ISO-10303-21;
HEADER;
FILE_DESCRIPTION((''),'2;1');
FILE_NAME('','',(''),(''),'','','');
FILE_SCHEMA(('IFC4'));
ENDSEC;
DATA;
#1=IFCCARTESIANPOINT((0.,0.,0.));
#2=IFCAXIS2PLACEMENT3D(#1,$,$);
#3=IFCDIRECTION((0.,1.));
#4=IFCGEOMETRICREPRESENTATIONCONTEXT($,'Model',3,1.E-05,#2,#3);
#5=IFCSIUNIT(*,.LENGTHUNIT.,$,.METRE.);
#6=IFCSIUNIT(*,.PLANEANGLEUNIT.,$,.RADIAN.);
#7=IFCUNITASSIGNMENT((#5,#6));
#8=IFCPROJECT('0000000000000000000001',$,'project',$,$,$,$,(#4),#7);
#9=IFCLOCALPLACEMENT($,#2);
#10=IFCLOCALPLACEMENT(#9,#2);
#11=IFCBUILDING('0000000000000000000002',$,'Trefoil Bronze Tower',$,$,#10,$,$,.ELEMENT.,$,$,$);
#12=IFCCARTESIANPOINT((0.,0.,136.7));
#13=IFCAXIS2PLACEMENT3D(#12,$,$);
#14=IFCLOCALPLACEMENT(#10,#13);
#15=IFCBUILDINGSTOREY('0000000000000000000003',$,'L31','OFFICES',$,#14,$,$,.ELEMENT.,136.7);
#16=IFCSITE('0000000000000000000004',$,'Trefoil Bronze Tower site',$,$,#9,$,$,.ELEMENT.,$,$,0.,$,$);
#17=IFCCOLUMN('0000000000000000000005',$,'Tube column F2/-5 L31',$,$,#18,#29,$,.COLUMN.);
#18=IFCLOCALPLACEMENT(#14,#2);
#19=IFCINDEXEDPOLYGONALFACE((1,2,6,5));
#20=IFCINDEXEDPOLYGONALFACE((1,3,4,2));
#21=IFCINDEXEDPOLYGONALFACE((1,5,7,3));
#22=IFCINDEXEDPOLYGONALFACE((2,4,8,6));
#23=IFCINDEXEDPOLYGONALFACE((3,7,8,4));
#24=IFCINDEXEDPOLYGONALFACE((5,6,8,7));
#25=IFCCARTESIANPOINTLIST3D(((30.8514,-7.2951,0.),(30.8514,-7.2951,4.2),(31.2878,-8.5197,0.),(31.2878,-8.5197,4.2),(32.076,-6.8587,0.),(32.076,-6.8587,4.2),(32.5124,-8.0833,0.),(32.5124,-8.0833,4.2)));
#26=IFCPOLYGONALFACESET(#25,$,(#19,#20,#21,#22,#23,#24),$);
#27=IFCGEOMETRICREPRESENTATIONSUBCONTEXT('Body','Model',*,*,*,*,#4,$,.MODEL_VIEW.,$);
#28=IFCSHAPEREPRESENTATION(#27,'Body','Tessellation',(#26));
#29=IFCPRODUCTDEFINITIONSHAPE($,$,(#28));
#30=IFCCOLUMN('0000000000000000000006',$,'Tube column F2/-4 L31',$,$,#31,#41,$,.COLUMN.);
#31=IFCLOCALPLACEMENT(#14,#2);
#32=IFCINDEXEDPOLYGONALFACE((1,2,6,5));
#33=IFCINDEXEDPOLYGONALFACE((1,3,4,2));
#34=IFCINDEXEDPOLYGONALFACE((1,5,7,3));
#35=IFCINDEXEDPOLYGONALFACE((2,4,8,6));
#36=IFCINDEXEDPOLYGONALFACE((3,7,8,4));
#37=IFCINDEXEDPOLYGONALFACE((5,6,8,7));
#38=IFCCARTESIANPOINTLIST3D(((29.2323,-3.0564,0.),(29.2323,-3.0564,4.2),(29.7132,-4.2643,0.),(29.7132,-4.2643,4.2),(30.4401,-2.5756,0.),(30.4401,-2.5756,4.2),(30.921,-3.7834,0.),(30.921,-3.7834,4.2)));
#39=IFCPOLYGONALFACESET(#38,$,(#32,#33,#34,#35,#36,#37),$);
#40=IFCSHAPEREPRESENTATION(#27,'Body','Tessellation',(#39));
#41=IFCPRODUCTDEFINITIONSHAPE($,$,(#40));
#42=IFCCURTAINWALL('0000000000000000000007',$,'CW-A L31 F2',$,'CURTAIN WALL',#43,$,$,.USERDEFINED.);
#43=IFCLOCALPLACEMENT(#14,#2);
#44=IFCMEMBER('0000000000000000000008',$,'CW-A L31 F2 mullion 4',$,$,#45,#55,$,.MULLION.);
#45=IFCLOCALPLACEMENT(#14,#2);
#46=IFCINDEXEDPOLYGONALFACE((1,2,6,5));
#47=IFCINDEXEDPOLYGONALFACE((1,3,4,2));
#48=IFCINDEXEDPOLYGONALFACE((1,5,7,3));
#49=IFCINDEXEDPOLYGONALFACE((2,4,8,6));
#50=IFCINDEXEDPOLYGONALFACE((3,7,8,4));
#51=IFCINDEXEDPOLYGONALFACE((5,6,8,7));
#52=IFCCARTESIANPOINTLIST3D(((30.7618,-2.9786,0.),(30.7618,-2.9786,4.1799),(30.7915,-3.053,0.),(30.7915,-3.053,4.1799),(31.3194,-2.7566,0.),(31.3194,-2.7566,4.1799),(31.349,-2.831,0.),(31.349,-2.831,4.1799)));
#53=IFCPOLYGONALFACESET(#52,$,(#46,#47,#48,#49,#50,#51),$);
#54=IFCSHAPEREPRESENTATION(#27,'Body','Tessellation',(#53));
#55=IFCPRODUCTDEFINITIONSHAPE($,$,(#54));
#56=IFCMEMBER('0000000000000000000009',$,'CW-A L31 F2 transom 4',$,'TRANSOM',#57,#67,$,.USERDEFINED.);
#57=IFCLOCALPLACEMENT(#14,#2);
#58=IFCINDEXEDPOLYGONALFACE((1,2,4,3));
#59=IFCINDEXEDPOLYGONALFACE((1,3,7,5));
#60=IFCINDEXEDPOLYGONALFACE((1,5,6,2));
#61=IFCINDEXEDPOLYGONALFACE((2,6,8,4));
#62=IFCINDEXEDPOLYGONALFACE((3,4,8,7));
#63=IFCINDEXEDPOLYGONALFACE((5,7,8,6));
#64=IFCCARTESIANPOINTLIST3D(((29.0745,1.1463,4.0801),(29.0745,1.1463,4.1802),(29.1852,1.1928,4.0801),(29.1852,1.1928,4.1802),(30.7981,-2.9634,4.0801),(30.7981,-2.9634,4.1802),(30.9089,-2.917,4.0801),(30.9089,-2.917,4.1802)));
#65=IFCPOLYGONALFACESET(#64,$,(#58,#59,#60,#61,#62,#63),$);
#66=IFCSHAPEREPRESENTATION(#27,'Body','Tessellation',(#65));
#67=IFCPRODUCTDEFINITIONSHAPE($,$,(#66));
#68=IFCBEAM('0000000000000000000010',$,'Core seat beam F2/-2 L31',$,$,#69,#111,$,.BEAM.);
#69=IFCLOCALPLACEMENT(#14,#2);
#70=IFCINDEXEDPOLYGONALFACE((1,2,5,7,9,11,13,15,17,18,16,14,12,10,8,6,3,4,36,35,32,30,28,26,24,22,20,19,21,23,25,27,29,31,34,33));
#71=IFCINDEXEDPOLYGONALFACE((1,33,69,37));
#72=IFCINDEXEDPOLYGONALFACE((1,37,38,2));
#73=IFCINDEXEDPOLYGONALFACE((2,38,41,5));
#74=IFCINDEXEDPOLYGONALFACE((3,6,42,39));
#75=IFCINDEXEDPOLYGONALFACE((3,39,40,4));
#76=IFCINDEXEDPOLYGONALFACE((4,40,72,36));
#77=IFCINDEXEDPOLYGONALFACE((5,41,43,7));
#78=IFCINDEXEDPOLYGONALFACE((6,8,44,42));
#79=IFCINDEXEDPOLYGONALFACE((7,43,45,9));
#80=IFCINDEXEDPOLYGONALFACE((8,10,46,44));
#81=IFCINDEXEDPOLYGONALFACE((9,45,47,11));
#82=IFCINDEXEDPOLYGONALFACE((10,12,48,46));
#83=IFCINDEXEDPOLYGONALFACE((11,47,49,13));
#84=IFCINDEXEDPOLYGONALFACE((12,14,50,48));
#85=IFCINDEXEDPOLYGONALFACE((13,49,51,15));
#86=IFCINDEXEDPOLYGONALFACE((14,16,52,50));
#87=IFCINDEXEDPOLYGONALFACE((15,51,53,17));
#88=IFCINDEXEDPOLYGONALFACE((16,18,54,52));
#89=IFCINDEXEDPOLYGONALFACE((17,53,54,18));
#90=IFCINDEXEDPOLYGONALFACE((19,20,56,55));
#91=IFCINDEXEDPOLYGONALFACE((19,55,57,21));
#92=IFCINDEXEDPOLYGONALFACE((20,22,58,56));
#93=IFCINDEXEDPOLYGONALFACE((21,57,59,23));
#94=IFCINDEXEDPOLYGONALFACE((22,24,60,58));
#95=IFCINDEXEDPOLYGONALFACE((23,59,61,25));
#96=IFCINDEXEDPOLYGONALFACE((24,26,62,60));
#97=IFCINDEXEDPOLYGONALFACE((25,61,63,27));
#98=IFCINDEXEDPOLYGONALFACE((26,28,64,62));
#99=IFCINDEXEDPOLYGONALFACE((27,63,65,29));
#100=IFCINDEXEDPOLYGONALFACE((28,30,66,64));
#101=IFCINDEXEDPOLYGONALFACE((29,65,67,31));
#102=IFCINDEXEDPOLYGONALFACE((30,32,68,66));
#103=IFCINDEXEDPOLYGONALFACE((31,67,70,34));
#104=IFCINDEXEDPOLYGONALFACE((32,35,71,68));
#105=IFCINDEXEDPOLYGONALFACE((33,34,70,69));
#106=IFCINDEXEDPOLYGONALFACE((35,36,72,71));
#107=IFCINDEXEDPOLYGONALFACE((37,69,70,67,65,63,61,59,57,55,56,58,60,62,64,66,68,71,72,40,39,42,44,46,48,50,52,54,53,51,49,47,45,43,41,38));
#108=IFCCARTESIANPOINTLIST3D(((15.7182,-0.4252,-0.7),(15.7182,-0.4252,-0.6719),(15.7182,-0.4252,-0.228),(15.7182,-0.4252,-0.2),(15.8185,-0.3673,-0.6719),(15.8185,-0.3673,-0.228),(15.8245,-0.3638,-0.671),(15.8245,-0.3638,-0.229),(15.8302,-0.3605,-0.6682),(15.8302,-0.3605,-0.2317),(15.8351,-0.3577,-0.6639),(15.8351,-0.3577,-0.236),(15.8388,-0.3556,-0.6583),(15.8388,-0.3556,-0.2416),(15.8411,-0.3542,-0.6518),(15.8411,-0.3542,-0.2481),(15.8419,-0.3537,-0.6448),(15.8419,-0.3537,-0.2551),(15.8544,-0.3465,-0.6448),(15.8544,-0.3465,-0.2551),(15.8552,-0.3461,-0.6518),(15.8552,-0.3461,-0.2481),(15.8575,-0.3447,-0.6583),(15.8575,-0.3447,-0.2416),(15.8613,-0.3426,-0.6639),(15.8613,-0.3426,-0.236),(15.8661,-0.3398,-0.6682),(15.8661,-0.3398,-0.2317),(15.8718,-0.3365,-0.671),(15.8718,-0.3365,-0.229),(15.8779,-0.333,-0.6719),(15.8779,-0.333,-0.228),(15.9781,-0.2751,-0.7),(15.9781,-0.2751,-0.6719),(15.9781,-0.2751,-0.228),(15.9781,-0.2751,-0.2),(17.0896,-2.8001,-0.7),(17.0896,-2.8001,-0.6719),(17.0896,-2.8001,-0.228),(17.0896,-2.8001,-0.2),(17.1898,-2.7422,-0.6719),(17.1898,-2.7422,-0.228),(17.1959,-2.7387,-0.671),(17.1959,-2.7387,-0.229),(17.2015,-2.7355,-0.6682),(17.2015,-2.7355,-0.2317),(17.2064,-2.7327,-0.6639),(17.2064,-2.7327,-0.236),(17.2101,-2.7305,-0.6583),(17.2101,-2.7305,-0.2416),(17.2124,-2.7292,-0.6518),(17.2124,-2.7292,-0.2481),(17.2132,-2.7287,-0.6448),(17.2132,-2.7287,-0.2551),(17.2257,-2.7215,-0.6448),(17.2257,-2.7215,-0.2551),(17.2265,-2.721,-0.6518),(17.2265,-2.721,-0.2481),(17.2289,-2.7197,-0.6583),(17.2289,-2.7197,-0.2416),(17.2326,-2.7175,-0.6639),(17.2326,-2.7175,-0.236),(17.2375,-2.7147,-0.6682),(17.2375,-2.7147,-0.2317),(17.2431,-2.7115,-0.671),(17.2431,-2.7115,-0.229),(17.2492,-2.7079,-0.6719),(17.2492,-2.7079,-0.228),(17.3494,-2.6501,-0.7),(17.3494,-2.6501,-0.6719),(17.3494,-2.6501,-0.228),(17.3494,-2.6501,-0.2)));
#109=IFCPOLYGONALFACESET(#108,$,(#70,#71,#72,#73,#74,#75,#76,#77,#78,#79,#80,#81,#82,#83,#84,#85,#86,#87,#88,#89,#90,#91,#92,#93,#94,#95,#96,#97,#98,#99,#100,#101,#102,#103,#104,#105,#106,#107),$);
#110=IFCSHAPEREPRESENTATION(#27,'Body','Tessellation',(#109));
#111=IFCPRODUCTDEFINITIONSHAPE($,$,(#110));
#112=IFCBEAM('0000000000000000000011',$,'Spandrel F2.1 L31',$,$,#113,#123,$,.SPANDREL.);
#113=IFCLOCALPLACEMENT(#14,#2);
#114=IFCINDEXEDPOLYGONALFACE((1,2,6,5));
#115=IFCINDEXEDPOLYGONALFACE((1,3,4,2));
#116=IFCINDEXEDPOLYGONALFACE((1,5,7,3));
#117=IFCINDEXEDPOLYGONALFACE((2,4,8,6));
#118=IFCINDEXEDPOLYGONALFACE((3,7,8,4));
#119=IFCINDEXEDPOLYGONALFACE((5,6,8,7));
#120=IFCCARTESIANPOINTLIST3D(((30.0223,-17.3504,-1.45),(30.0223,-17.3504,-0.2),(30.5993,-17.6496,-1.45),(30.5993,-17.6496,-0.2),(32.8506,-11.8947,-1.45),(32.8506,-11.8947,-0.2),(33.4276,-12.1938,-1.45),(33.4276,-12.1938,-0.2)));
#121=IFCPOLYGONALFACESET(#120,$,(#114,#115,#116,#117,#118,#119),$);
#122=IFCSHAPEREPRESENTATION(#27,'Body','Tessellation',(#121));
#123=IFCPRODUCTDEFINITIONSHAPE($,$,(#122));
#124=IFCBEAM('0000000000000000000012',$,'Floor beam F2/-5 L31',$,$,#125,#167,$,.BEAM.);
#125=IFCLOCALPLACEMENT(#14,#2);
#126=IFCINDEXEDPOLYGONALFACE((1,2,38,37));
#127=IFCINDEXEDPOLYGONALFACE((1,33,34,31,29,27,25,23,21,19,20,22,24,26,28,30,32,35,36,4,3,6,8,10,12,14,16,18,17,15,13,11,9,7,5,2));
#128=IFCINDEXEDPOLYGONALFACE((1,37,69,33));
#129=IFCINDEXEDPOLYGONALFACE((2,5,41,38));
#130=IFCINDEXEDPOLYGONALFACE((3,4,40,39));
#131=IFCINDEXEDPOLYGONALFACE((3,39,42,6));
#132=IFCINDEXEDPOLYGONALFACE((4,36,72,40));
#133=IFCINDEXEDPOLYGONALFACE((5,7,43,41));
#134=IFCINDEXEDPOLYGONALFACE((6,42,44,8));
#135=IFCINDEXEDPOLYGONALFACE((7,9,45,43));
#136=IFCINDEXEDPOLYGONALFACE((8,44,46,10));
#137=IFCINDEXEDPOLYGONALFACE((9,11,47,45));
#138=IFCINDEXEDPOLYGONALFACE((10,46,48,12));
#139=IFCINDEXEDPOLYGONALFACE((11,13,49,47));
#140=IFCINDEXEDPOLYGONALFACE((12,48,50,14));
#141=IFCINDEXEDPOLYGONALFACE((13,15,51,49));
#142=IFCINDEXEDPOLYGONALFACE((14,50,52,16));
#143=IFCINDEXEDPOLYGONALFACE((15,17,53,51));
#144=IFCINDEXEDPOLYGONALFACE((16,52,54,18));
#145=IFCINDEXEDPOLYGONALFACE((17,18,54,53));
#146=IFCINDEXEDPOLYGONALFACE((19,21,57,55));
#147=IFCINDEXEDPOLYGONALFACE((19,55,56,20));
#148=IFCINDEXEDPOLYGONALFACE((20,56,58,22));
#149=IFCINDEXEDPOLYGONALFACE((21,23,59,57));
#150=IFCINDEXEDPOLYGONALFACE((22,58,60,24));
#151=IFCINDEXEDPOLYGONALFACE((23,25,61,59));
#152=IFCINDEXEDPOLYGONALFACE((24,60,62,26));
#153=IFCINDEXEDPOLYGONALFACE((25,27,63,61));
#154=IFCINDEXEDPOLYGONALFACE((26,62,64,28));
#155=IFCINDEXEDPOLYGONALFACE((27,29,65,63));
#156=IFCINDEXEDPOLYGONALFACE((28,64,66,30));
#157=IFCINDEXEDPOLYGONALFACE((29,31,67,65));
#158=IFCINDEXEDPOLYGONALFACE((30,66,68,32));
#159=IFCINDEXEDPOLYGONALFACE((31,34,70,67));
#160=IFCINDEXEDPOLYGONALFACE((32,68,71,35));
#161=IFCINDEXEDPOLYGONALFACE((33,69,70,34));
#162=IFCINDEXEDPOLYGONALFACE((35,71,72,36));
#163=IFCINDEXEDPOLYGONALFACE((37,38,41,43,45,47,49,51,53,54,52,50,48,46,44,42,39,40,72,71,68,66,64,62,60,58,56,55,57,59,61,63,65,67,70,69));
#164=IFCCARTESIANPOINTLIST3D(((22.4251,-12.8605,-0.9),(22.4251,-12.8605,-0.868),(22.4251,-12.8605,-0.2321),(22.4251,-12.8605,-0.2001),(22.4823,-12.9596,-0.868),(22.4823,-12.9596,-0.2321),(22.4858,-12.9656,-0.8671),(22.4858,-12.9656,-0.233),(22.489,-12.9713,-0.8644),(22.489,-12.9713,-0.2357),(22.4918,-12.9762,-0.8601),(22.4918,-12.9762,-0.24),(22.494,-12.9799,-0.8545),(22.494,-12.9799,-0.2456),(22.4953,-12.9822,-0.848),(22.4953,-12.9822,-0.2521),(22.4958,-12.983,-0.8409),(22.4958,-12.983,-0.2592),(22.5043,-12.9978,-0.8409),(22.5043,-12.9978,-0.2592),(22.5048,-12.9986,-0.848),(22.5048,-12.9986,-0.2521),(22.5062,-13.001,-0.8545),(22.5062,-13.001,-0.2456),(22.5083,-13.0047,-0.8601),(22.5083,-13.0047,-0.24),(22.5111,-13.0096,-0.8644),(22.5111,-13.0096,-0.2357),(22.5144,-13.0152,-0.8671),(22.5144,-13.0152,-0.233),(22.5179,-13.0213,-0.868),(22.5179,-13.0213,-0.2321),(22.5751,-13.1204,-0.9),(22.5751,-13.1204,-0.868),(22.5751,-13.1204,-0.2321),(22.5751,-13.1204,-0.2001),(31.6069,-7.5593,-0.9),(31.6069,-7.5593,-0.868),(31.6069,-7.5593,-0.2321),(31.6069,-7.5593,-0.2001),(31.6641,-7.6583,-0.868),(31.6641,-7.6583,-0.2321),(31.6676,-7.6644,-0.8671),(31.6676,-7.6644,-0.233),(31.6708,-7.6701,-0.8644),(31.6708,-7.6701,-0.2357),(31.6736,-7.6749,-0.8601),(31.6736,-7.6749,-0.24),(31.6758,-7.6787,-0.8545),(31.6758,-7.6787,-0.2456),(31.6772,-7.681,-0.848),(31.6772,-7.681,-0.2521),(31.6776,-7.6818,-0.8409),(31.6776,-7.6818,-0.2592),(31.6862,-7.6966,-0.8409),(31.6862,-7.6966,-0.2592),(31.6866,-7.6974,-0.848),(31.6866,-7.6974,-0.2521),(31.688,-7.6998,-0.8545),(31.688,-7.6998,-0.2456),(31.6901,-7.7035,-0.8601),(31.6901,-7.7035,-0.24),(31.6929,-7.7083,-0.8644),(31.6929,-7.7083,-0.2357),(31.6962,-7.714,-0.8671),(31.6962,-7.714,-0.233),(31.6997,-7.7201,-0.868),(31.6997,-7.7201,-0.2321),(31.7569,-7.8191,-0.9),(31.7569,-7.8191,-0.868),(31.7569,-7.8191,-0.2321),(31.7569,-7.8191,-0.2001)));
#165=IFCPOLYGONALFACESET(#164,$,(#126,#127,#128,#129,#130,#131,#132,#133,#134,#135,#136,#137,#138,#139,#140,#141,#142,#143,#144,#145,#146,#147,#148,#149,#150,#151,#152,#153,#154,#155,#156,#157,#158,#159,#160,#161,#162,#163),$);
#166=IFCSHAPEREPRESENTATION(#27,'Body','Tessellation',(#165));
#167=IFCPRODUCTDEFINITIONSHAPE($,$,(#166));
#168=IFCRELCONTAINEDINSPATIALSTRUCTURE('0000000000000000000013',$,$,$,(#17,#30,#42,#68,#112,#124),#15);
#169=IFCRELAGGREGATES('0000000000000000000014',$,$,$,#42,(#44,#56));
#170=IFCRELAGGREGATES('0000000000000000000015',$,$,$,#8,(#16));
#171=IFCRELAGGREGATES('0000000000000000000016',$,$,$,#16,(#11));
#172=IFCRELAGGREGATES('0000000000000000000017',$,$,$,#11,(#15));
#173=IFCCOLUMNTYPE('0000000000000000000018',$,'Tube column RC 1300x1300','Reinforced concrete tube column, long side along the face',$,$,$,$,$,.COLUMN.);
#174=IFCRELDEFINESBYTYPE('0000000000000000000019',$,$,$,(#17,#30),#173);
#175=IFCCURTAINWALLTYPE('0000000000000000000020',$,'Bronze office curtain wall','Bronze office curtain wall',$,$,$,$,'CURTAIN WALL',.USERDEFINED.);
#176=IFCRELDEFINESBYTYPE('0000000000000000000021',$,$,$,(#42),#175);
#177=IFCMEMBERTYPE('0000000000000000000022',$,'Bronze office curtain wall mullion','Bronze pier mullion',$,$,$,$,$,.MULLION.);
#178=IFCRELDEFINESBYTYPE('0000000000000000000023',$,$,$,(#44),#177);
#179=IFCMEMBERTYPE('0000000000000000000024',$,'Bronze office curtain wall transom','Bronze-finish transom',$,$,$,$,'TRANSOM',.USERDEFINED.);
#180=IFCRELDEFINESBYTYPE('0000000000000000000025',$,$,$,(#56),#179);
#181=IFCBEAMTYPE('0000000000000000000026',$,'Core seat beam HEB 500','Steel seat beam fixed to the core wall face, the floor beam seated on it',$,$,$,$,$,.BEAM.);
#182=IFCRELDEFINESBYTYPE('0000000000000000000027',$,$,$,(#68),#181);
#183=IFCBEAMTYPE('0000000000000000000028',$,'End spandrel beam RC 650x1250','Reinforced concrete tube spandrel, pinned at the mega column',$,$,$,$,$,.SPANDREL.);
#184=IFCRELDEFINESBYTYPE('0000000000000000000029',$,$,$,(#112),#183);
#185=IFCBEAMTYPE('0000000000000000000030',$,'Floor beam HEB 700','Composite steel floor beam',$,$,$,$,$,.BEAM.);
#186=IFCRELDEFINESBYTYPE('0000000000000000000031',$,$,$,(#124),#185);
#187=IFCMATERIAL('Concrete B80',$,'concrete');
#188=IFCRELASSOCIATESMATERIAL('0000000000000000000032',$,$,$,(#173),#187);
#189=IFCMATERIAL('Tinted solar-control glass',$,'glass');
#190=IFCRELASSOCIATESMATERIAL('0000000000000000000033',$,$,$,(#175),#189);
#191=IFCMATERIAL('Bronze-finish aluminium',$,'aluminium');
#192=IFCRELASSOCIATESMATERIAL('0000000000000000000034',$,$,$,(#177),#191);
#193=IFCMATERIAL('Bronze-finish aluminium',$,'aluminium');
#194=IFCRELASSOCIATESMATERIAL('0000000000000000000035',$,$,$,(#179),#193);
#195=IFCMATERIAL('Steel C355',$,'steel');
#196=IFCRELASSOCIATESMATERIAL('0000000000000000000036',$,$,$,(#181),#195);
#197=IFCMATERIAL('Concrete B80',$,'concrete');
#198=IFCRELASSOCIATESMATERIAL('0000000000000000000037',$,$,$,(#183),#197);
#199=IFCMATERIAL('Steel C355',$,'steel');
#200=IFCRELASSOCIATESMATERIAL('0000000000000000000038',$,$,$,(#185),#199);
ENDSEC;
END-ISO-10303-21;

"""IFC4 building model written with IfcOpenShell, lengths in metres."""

from ifc_helpers import new_model, si_unit, direction, frame, origin, origin_2d, place, context, subcontext, project, spatial, rectangle, i_section, extrude, material, material_profile, profile_set, type_object, element, aggregate, save


model = new_model("IFC4")

# Units and contexts
model_context = context("Model", 3, precision=1e-05, world=origin(), true_north=direction((0.0, 1.0)))
body_context = subcontext(model_context, "Body", "Model", "MODEL_VIEW")
ifc_project = project(units=[si_unit("LENGTHUNIT", "METRE"), si_unit("PLANEANGLEUNIT", "RADIAN")], contexts=[model_context])

# Site, building, storey
site_placement = place(None, origin())
site = spatial("IfcSite", under=ifc_project, at=site_placement, Name="Trefoil Bronze Tower site", CompositionType="ELEMENT", RefElevation=0.0)
building_placement = place(site_placement, origin())
building = spatial("IfcBuilding", under=site, at=building_placement, Name="Trefoil Bronze Tower", CompositionType="ELEMENT")
storey_placement = place(building_placement, frame((0.0, 0.0, 136.7)))
storey = spatial("IfcBuildingStorey", under=building, at=storey_placement, Name="L31", Description="OFFICES", CompositionType="ELEMENT", Elevation=136.7)

# Columns
ifc_material_1 = material(Name="Concrete B80", Category="concrete")
ifc_material_profile_1 = material_profile(ifc_material_1, rectangle(XDim=1.3, YDim=1.3, at=origin_2d()), Name="RC 1300x1300")
ifc_profile_set_1 = profile_set([ifc_material_profile_1], Name="Concrete B80")
column_type = type_object("IfcColumnType", Name="Tube column RC 1300x1300", Description="Reinforced concrete tube column, long side along the face", PredefinedType="COLUMN", material=ifc_profile_set_1)
for number, where, z_axis, x_axis, name in (
    (1, (31.6819, -7.6892, 0.0), (0.0, 0.0, 1.0), (-0.335718, 0.941963, 0.0), "Tube column F2/-5 L31"),
    (2, (30.0767, -3.4199, 0.0), (0.0, 0.0, 1.0), (-0.369901, 0.929071, 0.0), "Tube column F2/-4 L31"),
):
    element("IfcColumn", number, at=place(storey_placement, frame(where, z_axis=z_axis, x_axis=x_axis)), inside=storey, type_object=column_type, Name=name, PredefinedType="COLUMN", context=body_context, shape_type="SweptSolid", body=[
        extrude(rectangle(XDim=1.3, YDim=1.3, at=origin_2d()), origin(), (0.0, 0.0, 1.0), 4.2),
    ])

# Curtain wall, members
ifc_material_2 = material(Name="Tinted solar-control glass", Category="glass")
curtain_wall_type = type_object("IfcCurtainWallType", Name="Bronze office curtain wall", Description="Bronze office curtain wall", ElementType="CURTAIN WALL", PredefinedType="USERDEFINED", material=ifc_material_2)
curtain_wall_placement = place(storey_placement, origin())
curtain_wall = element("IfcCurtainWall", 3, at=curtain_wall_placement, inside=storey, type_object=curtain_wall_type, Name="CW-A L31 F2", ObjectType="CURTAIN WALL", PredefinedType="USERDEFINED")
ifc_material_3 = material(Name="Bronze-finish aluminium", Category="aluminium")
ifc_material_profile_2 = material_profile(ifc_material_3, rectangle(XDim=0.6001, YDim=0.0801, at=origin_2d()), Name="CW-A mullion")
ifc_profile_set_2 = profile_set([ifc_material_profile_2], Name="Bronze-finish aluminium")
member_type_1 = type_object("IfcMemberType", Name="Bronze office curtain wall mullion", Description="Bronze pier mullion", PredefinedType="MULLION", material=ifc_profile_set_2)
member_1_placement = place(storey_placement, frame((31.0554, -2.9048, 0.0), z_axis=(0.0, 0.0, 1.0), x_axis=(-0.929071, -0.369901, 0.0)))
member_1 = element("IfcMember", 4, at=member_1_placement, type_object=member_type_1, Name="CW-A L31 F2 mullion 4", PredefinedType="MULLION", context=body_context, shape_type="SweptSolid", body=[
    extrude(rectangle(XDim=0.6001, YDim=0.0801, at=origin_2d()), origin(), (0.0, 0.0, 1.0), 4.1799),
])
ifc_material_4 = material(Name="Bronze-finish aluminium", Category="aluminium")
ifc_material_profile_3 = material_profile(ifc_material_4, rectangle(XDim=0.1201, YDim=0.1001, at=origin_2d()), Name="CW-A transom")
ifc_profile_set_3 = profile_set([ifc_material_profile_3], Name="Bronze-finish aluminium")
member_type_2 = type_object("IfcMemberType", Name="Bronze office curtain wall transom", Description="Bronze-finish transom", ElementType="TRANSOM", PredefinedType="USERDEFINED", material=ifc_profile_set_3)
member_2_placement = place(storey_placement, frame((30.8535, -2.9402, 4.1301), z_axis=(-0.386773, 0.922175, 0.0), x_axis=(-0.922175, -0.386773, 0.0)))
member_2 = element("IfcMember", 5, at=member_2_placement, type_object=member_type_2, Name="CW-A L31 F2 transom 4", ObjectType="TRANSOM", PredefinedType="USERDEFINED", context=body_context, shape_type="SweptSolid", body=[
    extrude(rectangle(XDim=0.1201, YDim=0.1001, at=origin_2d()), origin(), (0.0, 0.0, 1.0), 4.4565),
])

# Beams
ifc_material_5 = material(Name="Steel C355", Category="steel")
ifc_material_profile_4 = material_profile(ifc_material_5, i_section(OverallWidth=0.3, OverallDepth=0.5, WebThickness=0.0144, FlangeThickness=0.0281, FilletRadius=0.0271, at=origin_2d()), Name="HEB 500")
ifc_profile_set_4 = profile_set([ifc_material_profile_4], Name="Steel C355")
beam_type_1 = type_object("IfcBeamType", Name="Core seat beam HEB 500", Description="Steel seat beam fixed to the core wall face, the floor beam seated on it", PredefinedType="BEAM", material=ifc_profile_set_4)
beam_1_placement = place(storey_placement, frame((17.2195, -2.7251, -0.45), z_axis=(-0.500036, 0.866005, 0.0), x_axis=(-0.866005, -0.500036, 0.0)))
element("IfcBeam", 6, at=beam_1_placement, inside=storey, type_object=beam_type_1, Name="Core seat beam F2/-2 L31", PredefinedType="BEAM", context=body_context, shape_type="SweptSolid", body=[
    extrude(i_section(OverallWidth=0.3, OverallDepth=0.5, WebThickness=0.0144, FlangeThickness=0.0281, FilletRadius=0.0271, at=origin_2d()), origin(), (0.0, 0.0, 1.0), 2.7424),
])
ifc_material_6 = material(Name="Concrete B80", Category="concrete")
ifc_material_profile_5 = material_profile(ifc_material_6, rectangle(XDim=0.6499, YDim=1.25, at=origin_2d()), Name="RC 650x1250")
ifc_profile_set_5 = profile_set([ifc_material_profile_5], Name="Concrete B80")
beam_type_2 = type_object("IfcBeamType", Name="End spandrel beam RC 650x1250", Description="Reinforced concrete tube spandrel, pinned at the mega column", PredefinedType="SPANDREL", material=ifc_profile_set_5)
beam_2_placement = place(storey_placement, frame((30.3108, -17.5, -0.825), z_axis=(0.460244, 0.887792, 0.0), x_axis=(-0.887792, 0.460244, 0.0)))
element("IfcBeam", 7, at=beam_2_placement, inside=storey, type_object=beam_type_2, Name="Spandrel F2.1 L31", PredefinedType="SPANDREL", context=body_context, shape_type="SweptSolid", body=[
    extrude(rectangle(XDim=0.6499, YDim=1.25, at=origin_2d()), origin(), (0.0, 0.0, 1.0), 6.1453),
])
ifc_material_7 = material(Name="Steel C355", Category="steel")
ifc_material_profile_6 = material_profile(ifc_material_7, i_section(OverallWidth=0.3, OverallDepth=0.7, WebThickness=0.0171, FlangeThickness=0.032, FilletRadius=0.0271, at=origin_2d()), Name="HEB 700")
ifc_profile_set_6 = profile_set([ifc_material_profile_6], Name="Steel C355")
beam_type_3 = type_object("IfcBeamType", Name="Floor beam HEB 700", Description="Composite steel floor beam", PredefinedType="BEAM", material=ifc_profile_set_6)
beam_3_placement = place(storey_placement, frame((31.6819, -7.6892, -0.55), z_axis=(-0.866021, -0.500007, 0.0), x_axis=(0.500007, -0.866021, 0.0)))
element("IfcBeam", 8, at=beam_3_placement, inside=storey, type_object=beam_type_3, Name="Floor beam F2/-5 L31", PredefinedType="BEAM", context=body_context, shape_type="SweptSolid", body=[
    extrude(i_section(OverallWidth=0.3, OverallDepth=0.7, WebThickness=0.0171, FlangeThickness=0.032, FilletRadius=0.0271, at=origin_2d()), origin(), (0.0, 0.0, 1.0), 10.6023),
])

aggregate(curtain_wall, [member_1, member_2])

save(model, "model.ifc")
